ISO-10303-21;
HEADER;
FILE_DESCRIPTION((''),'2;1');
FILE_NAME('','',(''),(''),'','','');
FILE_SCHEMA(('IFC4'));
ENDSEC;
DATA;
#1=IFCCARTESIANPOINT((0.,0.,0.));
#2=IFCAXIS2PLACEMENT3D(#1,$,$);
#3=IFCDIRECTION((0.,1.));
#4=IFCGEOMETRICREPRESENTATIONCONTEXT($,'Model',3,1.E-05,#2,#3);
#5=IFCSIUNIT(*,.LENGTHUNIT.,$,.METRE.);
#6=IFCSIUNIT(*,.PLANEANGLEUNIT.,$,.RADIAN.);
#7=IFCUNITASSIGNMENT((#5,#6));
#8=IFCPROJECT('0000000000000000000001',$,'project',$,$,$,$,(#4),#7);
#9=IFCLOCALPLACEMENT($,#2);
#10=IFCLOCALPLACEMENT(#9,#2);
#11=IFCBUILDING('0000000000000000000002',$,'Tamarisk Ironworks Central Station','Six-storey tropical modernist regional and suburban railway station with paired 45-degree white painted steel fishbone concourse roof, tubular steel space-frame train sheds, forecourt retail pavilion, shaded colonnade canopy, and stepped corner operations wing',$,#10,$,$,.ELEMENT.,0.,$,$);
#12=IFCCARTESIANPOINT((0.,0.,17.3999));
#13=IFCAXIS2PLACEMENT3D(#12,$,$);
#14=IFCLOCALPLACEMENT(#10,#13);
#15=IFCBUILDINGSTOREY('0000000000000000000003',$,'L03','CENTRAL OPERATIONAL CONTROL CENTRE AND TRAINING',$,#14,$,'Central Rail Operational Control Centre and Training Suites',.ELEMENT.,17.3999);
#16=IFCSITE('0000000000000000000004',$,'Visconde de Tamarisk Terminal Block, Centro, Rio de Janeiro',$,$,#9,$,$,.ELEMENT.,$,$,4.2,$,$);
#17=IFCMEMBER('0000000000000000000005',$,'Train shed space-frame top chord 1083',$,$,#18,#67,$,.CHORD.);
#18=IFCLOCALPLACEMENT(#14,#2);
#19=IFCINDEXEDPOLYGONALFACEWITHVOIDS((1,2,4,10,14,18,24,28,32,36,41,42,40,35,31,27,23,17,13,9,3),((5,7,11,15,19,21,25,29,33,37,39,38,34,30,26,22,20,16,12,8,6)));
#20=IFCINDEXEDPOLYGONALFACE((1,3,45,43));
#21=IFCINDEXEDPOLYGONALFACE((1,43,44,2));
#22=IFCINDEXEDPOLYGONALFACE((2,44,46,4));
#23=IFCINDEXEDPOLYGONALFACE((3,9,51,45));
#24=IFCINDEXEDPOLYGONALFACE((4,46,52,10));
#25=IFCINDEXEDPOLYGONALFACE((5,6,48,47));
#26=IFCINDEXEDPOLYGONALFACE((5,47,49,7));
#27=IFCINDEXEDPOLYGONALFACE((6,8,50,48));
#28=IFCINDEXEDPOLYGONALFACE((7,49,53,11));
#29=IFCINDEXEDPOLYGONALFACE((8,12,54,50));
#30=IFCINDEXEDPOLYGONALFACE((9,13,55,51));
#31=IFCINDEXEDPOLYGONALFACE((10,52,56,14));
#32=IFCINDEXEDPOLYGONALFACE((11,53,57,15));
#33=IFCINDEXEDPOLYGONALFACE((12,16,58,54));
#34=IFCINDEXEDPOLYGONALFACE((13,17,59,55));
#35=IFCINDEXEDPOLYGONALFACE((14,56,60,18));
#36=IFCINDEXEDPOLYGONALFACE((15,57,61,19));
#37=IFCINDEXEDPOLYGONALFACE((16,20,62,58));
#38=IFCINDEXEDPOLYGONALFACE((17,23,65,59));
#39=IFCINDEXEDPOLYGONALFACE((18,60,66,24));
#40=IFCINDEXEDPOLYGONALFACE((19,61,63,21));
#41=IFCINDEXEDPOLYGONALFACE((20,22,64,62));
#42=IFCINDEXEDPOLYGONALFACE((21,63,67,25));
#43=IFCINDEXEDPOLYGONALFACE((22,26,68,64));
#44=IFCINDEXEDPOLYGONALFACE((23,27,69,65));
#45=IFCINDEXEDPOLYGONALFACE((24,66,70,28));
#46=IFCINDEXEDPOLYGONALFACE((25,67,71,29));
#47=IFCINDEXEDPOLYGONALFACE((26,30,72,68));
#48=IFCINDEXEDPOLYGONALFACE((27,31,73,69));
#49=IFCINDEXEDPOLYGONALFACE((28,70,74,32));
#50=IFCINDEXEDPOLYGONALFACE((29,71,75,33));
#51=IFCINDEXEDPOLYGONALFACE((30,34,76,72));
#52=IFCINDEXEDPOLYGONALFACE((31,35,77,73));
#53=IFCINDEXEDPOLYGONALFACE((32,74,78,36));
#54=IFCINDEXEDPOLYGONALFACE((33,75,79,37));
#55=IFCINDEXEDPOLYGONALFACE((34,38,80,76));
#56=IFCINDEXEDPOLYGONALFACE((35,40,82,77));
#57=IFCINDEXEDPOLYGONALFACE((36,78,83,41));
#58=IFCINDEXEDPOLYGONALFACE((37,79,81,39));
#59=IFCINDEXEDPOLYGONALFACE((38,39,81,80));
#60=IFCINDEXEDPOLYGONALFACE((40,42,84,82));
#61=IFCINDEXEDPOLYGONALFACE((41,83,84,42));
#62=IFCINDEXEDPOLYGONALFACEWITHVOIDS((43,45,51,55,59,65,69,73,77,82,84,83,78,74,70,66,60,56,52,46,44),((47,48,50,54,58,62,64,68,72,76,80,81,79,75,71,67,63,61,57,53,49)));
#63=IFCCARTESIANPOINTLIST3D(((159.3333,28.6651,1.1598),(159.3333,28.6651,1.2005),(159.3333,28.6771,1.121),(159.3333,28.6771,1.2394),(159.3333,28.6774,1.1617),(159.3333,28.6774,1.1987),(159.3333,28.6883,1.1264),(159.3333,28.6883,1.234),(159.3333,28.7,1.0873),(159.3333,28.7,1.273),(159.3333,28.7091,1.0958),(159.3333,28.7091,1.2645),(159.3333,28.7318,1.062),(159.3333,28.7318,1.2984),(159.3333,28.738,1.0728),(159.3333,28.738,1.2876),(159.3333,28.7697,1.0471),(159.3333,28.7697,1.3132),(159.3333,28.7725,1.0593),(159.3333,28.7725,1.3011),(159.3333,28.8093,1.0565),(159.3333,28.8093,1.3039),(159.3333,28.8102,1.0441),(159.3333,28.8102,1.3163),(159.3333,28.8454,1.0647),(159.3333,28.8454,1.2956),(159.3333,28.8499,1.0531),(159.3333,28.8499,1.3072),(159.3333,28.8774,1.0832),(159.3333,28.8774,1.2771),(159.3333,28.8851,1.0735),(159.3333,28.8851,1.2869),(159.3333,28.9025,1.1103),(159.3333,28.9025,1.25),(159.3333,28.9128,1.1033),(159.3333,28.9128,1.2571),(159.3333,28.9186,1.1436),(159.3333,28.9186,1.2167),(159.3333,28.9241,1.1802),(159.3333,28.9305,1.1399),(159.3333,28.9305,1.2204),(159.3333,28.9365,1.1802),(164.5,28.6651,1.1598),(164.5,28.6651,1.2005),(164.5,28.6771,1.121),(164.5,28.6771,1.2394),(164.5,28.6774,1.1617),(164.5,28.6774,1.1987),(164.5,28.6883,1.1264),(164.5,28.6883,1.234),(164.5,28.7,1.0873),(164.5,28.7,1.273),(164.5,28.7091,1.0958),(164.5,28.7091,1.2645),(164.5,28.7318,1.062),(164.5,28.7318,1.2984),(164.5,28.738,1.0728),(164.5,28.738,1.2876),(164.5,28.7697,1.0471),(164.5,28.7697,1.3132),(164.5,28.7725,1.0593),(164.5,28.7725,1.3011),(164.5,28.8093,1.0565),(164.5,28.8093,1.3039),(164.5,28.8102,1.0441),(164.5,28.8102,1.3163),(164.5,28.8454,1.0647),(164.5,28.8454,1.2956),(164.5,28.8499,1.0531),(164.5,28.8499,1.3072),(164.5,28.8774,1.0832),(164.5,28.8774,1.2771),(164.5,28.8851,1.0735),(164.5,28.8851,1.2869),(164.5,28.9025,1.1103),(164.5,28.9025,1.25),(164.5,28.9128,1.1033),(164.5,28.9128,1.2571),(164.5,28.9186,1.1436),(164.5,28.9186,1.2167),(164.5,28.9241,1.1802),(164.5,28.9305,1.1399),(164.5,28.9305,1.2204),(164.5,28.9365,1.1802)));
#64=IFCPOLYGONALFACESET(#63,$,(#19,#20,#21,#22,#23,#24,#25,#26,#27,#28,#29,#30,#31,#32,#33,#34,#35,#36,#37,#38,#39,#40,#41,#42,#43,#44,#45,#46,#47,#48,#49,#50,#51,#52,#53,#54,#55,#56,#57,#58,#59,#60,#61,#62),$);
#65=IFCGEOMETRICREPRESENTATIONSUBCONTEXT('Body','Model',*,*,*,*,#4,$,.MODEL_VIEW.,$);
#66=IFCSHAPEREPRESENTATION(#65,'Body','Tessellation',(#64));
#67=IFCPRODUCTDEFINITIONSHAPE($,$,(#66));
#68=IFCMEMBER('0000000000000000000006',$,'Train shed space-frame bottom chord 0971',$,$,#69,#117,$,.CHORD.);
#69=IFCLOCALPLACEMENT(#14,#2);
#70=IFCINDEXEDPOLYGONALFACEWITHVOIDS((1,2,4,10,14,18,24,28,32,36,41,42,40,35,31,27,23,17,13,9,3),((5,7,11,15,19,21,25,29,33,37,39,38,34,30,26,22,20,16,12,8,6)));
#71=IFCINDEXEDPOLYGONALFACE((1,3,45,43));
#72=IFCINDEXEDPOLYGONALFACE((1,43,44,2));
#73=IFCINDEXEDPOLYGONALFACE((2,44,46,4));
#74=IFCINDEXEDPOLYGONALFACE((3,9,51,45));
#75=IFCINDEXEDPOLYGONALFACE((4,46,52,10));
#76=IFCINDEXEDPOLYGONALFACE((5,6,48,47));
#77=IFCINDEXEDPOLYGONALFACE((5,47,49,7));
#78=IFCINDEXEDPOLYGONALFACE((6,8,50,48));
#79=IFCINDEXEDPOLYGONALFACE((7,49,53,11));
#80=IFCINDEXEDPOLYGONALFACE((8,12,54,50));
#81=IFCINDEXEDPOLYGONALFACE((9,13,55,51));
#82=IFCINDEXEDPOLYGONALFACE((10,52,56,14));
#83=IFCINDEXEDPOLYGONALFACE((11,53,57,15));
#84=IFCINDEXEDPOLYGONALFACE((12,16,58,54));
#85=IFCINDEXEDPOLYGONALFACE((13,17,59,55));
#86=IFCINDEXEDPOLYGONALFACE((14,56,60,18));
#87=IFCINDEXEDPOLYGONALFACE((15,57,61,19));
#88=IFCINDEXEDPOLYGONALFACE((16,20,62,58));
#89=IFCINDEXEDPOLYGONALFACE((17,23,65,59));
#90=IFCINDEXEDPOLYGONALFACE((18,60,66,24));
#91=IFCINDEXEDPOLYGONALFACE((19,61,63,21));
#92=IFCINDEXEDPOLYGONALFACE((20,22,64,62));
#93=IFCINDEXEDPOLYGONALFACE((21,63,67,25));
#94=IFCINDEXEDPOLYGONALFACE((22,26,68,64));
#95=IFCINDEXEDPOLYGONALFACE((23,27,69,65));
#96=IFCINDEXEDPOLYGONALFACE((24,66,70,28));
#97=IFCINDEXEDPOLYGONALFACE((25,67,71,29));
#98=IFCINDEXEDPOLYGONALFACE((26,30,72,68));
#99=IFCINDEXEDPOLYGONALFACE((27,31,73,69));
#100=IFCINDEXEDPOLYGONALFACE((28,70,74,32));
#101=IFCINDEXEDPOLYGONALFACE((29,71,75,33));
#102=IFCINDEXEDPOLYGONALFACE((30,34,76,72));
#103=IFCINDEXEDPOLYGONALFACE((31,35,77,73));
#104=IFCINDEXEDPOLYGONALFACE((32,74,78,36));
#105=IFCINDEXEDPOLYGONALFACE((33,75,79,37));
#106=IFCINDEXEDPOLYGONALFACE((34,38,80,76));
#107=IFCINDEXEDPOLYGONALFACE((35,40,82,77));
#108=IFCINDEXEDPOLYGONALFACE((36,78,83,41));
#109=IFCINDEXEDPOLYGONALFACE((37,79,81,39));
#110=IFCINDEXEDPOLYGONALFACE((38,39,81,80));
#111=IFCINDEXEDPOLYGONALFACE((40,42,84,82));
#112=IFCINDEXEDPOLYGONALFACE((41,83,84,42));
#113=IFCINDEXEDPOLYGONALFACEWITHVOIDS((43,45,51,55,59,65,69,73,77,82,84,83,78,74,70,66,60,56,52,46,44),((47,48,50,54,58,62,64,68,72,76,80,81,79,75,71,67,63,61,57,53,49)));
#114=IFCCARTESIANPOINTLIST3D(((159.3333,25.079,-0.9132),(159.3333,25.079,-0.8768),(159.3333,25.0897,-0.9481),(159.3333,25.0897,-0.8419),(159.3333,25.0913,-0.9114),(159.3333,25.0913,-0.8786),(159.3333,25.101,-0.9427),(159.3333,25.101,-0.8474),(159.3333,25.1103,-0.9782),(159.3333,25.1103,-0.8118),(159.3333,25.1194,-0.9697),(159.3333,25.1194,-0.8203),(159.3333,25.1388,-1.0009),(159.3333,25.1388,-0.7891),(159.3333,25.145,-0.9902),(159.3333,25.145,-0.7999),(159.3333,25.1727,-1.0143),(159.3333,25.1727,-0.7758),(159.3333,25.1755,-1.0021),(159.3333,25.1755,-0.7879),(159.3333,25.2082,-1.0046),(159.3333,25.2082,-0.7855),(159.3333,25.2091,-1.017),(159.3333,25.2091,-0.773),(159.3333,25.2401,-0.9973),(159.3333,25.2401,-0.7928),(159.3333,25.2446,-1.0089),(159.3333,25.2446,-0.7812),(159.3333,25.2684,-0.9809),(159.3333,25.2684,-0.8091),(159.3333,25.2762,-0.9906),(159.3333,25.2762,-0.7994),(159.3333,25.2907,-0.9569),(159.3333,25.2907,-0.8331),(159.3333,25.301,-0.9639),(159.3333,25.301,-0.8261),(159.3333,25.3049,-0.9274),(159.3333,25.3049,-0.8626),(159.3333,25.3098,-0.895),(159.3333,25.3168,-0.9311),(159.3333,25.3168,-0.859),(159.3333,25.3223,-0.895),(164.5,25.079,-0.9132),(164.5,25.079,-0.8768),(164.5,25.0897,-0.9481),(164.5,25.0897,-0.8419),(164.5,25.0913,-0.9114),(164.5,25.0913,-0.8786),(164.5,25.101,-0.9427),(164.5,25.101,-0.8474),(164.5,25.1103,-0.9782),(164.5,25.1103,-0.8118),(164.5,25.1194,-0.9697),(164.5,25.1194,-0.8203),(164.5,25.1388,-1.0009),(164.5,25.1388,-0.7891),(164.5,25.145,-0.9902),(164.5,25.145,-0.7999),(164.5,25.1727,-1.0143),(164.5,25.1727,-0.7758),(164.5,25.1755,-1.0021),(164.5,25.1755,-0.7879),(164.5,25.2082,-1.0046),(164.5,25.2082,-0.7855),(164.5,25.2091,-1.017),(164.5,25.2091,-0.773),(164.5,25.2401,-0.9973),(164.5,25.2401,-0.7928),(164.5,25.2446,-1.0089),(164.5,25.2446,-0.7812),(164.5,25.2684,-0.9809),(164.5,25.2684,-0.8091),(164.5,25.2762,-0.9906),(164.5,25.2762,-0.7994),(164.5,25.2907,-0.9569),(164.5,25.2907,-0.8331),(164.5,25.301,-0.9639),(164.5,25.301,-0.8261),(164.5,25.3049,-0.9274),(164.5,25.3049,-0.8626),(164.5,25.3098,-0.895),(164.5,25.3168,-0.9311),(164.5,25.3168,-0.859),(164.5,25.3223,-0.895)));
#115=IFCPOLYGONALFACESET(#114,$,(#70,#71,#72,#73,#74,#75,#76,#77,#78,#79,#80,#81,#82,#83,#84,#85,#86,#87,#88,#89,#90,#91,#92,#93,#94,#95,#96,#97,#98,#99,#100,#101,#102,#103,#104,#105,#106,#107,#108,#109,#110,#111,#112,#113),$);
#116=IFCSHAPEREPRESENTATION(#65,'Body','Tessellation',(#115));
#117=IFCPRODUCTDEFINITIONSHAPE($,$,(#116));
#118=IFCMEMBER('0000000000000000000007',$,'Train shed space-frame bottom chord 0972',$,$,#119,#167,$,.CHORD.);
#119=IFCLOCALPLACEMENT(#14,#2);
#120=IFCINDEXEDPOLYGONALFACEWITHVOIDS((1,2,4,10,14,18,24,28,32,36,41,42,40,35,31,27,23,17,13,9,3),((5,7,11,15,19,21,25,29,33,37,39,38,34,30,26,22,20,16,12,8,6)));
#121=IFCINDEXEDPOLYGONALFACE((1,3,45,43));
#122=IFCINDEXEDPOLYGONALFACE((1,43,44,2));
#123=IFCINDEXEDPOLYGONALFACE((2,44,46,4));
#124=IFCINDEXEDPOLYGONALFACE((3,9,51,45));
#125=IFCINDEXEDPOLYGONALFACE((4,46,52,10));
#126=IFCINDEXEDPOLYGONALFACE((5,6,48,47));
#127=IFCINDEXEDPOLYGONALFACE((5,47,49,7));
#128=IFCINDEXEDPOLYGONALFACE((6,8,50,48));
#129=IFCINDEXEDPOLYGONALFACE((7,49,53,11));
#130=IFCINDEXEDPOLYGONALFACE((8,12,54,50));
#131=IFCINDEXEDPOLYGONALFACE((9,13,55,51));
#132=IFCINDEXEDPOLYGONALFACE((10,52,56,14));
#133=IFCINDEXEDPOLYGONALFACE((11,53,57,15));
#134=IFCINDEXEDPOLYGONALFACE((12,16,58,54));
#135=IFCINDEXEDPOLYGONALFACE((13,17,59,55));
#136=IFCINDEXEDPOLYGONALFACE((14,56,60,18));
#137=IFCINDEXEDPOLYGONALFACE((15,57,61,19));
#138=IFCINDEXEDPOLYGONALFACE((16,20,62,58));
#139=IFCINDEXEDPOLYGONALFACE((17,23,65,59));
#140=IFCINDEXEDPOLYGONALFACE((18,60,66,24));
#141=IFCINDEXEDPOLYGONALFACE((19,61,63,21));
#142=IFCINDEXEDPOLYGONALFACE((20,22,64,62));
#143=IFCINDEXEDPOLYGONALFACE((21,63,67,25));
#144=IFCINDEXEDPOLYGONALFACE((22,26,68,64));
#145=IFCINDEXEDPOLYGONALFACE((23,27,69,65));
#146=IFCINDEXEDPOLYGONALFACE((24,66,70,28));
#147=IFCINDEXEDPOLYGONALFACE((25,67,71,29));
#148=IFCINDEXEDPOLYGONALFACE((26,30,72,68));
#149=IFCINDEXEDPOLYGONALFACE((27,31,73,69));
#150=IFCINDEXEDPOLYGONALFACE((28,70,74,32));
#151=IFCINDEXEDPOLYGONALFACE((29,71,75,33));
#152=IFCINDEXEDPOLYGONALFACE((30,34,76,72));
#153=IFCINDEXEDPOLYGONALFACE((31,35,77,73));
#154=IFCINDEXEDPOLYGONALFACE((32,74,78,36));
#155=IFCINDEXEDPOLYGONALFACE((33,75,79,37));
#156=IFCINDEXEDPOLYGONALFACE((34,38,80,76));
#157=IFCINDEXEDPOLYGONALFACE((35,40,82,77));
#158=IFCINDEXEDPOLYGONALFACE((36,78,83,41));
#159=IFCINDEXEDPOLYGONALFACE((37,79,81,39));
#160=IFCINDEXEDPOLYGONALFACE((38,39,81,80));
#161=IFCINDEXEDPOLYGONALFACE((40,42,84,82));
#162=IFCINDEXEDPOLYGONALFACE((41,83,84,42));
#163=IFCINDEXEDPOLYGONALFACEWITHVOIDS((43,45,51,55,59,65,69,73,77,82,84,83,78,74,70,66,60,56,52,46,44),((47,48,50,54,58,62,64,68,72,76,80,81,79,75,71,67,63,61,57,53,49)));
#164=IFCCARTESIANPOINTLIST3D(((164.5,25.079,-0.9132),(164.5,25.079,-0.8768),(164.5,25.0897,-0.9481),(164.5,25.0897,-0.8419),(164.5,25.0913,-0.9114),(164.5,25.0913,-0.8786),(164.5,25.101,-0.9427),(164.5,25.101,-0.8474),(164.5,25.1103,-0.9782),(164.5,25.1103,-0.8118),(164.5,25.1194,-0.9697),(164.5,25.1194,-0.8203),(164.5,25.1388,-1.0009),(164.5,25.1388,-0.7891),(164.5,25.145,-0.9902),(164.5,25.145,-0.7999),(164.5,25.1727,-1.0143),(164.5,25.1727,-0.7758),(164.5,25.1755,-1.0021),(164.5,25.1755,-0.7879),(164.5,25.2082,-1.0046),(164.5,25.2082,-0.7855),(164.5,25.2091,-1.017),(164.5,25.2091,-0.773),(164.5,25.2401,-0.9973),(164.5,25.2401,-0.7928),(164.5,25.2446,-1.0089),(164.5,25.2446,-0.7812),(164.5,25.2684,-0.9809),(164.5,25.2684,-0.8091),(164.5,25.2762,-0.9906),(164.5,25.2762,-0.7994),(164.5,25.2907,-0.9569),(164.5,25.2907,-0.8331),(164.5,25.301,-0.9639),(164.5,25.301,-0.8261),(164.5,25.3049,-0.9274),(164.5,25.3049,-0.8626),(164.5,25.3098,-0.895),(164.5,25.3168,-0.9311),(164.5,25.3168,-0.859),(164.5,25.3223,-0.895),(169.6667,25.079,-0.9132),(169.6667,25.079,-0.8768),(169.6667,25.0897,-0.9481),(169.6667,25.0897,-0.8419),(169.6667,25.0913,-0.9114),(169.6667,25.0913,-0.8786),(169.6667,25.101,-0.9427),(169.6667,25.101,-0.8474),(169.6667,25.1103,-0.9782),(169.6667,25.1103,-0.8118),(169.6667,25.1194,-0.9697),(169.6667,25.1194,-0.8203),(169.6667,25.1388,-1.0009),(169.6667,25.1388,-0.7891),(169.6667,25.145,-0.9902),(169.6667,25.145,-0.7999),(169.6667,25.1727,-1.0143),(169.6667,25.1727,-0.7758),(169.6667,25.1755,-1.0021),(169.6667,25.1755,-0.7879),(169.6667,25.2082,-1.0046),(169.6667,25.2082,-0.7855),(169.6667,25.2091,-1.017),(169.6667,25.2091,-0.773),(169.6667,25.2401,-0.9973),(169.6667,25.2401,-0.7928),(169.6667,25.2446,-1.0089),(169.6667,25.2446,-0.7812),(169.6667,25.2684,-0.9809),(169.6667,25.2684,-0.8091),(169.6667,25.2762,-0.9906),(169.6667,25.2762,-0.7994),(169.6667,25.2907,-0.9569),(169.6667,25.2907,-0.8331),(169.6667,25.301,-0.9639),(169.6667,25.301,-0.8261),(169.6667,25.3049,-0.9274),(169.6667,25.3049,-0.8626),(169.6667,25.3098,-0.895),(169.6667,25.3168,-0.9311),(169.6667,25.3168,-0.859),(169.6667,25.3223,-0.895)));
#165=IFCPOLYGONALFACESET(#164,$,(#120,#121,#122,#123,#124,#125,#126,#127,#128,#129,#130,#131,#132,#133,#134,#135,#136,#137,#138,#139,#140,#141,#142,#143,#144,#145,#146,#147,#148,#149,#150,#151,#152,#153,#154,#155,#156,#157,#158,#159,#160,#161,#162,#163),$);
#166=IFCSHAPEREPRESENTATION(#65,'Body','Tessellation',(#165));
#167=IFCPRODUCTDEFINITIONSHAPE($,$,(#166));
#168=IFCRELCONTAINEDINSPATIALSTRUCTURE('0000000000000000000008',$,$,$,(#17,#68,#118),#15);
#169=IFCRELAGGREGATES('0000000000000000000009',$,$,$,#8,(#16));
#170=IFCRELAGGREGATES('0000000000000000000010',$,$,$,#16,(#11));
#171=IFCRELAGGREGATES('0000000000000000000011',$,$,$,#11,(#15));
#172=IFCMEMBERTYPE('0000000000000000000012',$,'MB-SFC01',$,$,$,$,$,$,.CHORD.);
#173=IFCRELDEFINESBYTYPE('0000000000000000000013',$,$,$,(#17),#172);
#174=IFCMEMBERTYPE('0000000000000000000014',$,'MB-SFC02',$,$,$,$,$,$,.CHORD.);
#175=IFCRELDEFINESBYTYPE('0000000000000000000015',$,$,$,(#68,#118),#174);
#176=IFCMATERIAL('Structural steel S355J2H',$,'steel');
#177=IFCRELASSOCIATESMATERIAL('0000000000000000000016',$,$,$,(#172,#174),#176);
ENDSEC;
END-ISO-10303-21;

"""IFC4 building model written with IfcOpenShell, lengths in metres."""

from ifc_helpers import new_model, si_unit, direction, frame, origin, origin_2d, place, context, subcontext, project, spatial, hollow_circle, extrude, material, material_profile, profile_set, type_object, element, save


model = new_model("IFC4")

# Units and contexts
model_context = context("Model", 3, precision=1e-05, world=origin(), true_north=direction((0.0, 1.0)))
body_context = subcontext(model_context, "Body", "Model", "MODEL_VIEW")
ifc_project = project(units=[si_unit("LENGTHUNIT", "METRE"), si_unit("PLANEANGLEUNIT", "RADIAN")], contexts=[model_context])

# Site, building, storey
site_placement = place(None, origin())
site = spatial("IfcSite", under=ifc_project, at=site_placement, Name="Visconde de Tamarisk Terminal Block, Centro, Rio de Janeiro", CompositionType="ELEMENT", RefElevation=4.2)
building_placement = place(site_placement, origin())
building = spatial("IfcBuilding", under=site, at=building_placement, Name="Tamarisk Ironworks Central Station", Description="Six-storey tropical modernist regional and suburban railway station with paired 45-degree white painted steel fishbone concourse roof, tubular steel space-frame train sheds, forecourt retail pavilion, shaded colonnade canopy, and stepped corner operations wing", CompositionType="ELEMENT", ElevationOfRefHeight=0.0)
storey_placement = place(building_placement, frame((0.0, 0.0, 17.3999)))
storey = spatial("IfcBuildingStorey", under=building, at=storey_placement, Name="L03", Description="CENTRAL OPERATIONAL CONTROL CENTRE AND TRAINING", LongName="Central Rail Operational Control Centre and Training Suites", CompositionType="ELEMENT", Elevation=17.3999)

# Members
ifc_material = material(Name="Structural steel S355J2H", Category="steel")
ifc_material_profile_1 = material_profile(ifc_material, hollow_circle(Radius=0.1365, WallThickness=0.0125, at=origin_2d()), Name="CHS 273x12.5")
ifc_profile_set_1 = profile_set([ifc_material_profile_1], Name="Structural steel S355J2H")
member_type_1 = type_object("IfcMemberType", Name="MB-SFC01", PredefinedType="CHORD", material=ifc_profile_set_1)
member_1_placement = place(storey_placement, frame((159.3333, 28.8, 1.1802), z_axis=(1.0, 0.0, 0.0), x_axis=(0.0, 1.0, 0.0)))
element("IfcMember", 1, at=member_1_placement, inside=storey, type_object=member_type_1, Name="Train shed space-frame top chord 1083", PredefinedType="CHORD", context=body_context, shape_type="SweptSolid", body=[
    extrude(hollow_circle(Radius=0.1365, WallThickness=0.0125, at=origin_2d()), origin(), (0.0, 0.0, 1.0), 5.1667),
])
ifc_material_profile_2 = material_profile(ifc_material, hollow_circle(Radius=0.1223, WallThickness=0.0125, at=origin_2d()), Name="CHS 244.5x12.5")
ifc_profile_set_2 = profile_set([ifc_material_profile_2], Name="Structural steel S355J2H")
member_type_2 = type_object("IfcMemberType", Name="MB-SFC02", PredefinedType="CHORD", material=ifc_profile_set_2)
for number, where, z_axis, x_axis, name in (
    (2, (159.3333, 25.2, -0.895), (1.0, 0.0, 0.0), (0.0, 1.0, 0.0), "Train shed space-frame bottom chord 0971"),
    (3, (164.5, 25.2, -0.895), (1.0, 0.0, 0.0), (0.0, 1.0, 0.0), "Train shed space-frame bottom chord 0972"),
):
    element("IfcMember", number, at=place(storey_placement, frame(where, z_axis=z_axis, x_axis=x_axis)), inside=storey, type_object=member_type_2, Name=name, PredefinedType="CHORD", context=body_context, shape_type="SweptSolid", body=[
        extrude(hollow_circle(Radius=0.1223, WallThickness=0.0125, at=origin_2d()), origin(), (0.0, 0.0, 1.0), 5.1667),
    ])

save(model, "model.ifc")
